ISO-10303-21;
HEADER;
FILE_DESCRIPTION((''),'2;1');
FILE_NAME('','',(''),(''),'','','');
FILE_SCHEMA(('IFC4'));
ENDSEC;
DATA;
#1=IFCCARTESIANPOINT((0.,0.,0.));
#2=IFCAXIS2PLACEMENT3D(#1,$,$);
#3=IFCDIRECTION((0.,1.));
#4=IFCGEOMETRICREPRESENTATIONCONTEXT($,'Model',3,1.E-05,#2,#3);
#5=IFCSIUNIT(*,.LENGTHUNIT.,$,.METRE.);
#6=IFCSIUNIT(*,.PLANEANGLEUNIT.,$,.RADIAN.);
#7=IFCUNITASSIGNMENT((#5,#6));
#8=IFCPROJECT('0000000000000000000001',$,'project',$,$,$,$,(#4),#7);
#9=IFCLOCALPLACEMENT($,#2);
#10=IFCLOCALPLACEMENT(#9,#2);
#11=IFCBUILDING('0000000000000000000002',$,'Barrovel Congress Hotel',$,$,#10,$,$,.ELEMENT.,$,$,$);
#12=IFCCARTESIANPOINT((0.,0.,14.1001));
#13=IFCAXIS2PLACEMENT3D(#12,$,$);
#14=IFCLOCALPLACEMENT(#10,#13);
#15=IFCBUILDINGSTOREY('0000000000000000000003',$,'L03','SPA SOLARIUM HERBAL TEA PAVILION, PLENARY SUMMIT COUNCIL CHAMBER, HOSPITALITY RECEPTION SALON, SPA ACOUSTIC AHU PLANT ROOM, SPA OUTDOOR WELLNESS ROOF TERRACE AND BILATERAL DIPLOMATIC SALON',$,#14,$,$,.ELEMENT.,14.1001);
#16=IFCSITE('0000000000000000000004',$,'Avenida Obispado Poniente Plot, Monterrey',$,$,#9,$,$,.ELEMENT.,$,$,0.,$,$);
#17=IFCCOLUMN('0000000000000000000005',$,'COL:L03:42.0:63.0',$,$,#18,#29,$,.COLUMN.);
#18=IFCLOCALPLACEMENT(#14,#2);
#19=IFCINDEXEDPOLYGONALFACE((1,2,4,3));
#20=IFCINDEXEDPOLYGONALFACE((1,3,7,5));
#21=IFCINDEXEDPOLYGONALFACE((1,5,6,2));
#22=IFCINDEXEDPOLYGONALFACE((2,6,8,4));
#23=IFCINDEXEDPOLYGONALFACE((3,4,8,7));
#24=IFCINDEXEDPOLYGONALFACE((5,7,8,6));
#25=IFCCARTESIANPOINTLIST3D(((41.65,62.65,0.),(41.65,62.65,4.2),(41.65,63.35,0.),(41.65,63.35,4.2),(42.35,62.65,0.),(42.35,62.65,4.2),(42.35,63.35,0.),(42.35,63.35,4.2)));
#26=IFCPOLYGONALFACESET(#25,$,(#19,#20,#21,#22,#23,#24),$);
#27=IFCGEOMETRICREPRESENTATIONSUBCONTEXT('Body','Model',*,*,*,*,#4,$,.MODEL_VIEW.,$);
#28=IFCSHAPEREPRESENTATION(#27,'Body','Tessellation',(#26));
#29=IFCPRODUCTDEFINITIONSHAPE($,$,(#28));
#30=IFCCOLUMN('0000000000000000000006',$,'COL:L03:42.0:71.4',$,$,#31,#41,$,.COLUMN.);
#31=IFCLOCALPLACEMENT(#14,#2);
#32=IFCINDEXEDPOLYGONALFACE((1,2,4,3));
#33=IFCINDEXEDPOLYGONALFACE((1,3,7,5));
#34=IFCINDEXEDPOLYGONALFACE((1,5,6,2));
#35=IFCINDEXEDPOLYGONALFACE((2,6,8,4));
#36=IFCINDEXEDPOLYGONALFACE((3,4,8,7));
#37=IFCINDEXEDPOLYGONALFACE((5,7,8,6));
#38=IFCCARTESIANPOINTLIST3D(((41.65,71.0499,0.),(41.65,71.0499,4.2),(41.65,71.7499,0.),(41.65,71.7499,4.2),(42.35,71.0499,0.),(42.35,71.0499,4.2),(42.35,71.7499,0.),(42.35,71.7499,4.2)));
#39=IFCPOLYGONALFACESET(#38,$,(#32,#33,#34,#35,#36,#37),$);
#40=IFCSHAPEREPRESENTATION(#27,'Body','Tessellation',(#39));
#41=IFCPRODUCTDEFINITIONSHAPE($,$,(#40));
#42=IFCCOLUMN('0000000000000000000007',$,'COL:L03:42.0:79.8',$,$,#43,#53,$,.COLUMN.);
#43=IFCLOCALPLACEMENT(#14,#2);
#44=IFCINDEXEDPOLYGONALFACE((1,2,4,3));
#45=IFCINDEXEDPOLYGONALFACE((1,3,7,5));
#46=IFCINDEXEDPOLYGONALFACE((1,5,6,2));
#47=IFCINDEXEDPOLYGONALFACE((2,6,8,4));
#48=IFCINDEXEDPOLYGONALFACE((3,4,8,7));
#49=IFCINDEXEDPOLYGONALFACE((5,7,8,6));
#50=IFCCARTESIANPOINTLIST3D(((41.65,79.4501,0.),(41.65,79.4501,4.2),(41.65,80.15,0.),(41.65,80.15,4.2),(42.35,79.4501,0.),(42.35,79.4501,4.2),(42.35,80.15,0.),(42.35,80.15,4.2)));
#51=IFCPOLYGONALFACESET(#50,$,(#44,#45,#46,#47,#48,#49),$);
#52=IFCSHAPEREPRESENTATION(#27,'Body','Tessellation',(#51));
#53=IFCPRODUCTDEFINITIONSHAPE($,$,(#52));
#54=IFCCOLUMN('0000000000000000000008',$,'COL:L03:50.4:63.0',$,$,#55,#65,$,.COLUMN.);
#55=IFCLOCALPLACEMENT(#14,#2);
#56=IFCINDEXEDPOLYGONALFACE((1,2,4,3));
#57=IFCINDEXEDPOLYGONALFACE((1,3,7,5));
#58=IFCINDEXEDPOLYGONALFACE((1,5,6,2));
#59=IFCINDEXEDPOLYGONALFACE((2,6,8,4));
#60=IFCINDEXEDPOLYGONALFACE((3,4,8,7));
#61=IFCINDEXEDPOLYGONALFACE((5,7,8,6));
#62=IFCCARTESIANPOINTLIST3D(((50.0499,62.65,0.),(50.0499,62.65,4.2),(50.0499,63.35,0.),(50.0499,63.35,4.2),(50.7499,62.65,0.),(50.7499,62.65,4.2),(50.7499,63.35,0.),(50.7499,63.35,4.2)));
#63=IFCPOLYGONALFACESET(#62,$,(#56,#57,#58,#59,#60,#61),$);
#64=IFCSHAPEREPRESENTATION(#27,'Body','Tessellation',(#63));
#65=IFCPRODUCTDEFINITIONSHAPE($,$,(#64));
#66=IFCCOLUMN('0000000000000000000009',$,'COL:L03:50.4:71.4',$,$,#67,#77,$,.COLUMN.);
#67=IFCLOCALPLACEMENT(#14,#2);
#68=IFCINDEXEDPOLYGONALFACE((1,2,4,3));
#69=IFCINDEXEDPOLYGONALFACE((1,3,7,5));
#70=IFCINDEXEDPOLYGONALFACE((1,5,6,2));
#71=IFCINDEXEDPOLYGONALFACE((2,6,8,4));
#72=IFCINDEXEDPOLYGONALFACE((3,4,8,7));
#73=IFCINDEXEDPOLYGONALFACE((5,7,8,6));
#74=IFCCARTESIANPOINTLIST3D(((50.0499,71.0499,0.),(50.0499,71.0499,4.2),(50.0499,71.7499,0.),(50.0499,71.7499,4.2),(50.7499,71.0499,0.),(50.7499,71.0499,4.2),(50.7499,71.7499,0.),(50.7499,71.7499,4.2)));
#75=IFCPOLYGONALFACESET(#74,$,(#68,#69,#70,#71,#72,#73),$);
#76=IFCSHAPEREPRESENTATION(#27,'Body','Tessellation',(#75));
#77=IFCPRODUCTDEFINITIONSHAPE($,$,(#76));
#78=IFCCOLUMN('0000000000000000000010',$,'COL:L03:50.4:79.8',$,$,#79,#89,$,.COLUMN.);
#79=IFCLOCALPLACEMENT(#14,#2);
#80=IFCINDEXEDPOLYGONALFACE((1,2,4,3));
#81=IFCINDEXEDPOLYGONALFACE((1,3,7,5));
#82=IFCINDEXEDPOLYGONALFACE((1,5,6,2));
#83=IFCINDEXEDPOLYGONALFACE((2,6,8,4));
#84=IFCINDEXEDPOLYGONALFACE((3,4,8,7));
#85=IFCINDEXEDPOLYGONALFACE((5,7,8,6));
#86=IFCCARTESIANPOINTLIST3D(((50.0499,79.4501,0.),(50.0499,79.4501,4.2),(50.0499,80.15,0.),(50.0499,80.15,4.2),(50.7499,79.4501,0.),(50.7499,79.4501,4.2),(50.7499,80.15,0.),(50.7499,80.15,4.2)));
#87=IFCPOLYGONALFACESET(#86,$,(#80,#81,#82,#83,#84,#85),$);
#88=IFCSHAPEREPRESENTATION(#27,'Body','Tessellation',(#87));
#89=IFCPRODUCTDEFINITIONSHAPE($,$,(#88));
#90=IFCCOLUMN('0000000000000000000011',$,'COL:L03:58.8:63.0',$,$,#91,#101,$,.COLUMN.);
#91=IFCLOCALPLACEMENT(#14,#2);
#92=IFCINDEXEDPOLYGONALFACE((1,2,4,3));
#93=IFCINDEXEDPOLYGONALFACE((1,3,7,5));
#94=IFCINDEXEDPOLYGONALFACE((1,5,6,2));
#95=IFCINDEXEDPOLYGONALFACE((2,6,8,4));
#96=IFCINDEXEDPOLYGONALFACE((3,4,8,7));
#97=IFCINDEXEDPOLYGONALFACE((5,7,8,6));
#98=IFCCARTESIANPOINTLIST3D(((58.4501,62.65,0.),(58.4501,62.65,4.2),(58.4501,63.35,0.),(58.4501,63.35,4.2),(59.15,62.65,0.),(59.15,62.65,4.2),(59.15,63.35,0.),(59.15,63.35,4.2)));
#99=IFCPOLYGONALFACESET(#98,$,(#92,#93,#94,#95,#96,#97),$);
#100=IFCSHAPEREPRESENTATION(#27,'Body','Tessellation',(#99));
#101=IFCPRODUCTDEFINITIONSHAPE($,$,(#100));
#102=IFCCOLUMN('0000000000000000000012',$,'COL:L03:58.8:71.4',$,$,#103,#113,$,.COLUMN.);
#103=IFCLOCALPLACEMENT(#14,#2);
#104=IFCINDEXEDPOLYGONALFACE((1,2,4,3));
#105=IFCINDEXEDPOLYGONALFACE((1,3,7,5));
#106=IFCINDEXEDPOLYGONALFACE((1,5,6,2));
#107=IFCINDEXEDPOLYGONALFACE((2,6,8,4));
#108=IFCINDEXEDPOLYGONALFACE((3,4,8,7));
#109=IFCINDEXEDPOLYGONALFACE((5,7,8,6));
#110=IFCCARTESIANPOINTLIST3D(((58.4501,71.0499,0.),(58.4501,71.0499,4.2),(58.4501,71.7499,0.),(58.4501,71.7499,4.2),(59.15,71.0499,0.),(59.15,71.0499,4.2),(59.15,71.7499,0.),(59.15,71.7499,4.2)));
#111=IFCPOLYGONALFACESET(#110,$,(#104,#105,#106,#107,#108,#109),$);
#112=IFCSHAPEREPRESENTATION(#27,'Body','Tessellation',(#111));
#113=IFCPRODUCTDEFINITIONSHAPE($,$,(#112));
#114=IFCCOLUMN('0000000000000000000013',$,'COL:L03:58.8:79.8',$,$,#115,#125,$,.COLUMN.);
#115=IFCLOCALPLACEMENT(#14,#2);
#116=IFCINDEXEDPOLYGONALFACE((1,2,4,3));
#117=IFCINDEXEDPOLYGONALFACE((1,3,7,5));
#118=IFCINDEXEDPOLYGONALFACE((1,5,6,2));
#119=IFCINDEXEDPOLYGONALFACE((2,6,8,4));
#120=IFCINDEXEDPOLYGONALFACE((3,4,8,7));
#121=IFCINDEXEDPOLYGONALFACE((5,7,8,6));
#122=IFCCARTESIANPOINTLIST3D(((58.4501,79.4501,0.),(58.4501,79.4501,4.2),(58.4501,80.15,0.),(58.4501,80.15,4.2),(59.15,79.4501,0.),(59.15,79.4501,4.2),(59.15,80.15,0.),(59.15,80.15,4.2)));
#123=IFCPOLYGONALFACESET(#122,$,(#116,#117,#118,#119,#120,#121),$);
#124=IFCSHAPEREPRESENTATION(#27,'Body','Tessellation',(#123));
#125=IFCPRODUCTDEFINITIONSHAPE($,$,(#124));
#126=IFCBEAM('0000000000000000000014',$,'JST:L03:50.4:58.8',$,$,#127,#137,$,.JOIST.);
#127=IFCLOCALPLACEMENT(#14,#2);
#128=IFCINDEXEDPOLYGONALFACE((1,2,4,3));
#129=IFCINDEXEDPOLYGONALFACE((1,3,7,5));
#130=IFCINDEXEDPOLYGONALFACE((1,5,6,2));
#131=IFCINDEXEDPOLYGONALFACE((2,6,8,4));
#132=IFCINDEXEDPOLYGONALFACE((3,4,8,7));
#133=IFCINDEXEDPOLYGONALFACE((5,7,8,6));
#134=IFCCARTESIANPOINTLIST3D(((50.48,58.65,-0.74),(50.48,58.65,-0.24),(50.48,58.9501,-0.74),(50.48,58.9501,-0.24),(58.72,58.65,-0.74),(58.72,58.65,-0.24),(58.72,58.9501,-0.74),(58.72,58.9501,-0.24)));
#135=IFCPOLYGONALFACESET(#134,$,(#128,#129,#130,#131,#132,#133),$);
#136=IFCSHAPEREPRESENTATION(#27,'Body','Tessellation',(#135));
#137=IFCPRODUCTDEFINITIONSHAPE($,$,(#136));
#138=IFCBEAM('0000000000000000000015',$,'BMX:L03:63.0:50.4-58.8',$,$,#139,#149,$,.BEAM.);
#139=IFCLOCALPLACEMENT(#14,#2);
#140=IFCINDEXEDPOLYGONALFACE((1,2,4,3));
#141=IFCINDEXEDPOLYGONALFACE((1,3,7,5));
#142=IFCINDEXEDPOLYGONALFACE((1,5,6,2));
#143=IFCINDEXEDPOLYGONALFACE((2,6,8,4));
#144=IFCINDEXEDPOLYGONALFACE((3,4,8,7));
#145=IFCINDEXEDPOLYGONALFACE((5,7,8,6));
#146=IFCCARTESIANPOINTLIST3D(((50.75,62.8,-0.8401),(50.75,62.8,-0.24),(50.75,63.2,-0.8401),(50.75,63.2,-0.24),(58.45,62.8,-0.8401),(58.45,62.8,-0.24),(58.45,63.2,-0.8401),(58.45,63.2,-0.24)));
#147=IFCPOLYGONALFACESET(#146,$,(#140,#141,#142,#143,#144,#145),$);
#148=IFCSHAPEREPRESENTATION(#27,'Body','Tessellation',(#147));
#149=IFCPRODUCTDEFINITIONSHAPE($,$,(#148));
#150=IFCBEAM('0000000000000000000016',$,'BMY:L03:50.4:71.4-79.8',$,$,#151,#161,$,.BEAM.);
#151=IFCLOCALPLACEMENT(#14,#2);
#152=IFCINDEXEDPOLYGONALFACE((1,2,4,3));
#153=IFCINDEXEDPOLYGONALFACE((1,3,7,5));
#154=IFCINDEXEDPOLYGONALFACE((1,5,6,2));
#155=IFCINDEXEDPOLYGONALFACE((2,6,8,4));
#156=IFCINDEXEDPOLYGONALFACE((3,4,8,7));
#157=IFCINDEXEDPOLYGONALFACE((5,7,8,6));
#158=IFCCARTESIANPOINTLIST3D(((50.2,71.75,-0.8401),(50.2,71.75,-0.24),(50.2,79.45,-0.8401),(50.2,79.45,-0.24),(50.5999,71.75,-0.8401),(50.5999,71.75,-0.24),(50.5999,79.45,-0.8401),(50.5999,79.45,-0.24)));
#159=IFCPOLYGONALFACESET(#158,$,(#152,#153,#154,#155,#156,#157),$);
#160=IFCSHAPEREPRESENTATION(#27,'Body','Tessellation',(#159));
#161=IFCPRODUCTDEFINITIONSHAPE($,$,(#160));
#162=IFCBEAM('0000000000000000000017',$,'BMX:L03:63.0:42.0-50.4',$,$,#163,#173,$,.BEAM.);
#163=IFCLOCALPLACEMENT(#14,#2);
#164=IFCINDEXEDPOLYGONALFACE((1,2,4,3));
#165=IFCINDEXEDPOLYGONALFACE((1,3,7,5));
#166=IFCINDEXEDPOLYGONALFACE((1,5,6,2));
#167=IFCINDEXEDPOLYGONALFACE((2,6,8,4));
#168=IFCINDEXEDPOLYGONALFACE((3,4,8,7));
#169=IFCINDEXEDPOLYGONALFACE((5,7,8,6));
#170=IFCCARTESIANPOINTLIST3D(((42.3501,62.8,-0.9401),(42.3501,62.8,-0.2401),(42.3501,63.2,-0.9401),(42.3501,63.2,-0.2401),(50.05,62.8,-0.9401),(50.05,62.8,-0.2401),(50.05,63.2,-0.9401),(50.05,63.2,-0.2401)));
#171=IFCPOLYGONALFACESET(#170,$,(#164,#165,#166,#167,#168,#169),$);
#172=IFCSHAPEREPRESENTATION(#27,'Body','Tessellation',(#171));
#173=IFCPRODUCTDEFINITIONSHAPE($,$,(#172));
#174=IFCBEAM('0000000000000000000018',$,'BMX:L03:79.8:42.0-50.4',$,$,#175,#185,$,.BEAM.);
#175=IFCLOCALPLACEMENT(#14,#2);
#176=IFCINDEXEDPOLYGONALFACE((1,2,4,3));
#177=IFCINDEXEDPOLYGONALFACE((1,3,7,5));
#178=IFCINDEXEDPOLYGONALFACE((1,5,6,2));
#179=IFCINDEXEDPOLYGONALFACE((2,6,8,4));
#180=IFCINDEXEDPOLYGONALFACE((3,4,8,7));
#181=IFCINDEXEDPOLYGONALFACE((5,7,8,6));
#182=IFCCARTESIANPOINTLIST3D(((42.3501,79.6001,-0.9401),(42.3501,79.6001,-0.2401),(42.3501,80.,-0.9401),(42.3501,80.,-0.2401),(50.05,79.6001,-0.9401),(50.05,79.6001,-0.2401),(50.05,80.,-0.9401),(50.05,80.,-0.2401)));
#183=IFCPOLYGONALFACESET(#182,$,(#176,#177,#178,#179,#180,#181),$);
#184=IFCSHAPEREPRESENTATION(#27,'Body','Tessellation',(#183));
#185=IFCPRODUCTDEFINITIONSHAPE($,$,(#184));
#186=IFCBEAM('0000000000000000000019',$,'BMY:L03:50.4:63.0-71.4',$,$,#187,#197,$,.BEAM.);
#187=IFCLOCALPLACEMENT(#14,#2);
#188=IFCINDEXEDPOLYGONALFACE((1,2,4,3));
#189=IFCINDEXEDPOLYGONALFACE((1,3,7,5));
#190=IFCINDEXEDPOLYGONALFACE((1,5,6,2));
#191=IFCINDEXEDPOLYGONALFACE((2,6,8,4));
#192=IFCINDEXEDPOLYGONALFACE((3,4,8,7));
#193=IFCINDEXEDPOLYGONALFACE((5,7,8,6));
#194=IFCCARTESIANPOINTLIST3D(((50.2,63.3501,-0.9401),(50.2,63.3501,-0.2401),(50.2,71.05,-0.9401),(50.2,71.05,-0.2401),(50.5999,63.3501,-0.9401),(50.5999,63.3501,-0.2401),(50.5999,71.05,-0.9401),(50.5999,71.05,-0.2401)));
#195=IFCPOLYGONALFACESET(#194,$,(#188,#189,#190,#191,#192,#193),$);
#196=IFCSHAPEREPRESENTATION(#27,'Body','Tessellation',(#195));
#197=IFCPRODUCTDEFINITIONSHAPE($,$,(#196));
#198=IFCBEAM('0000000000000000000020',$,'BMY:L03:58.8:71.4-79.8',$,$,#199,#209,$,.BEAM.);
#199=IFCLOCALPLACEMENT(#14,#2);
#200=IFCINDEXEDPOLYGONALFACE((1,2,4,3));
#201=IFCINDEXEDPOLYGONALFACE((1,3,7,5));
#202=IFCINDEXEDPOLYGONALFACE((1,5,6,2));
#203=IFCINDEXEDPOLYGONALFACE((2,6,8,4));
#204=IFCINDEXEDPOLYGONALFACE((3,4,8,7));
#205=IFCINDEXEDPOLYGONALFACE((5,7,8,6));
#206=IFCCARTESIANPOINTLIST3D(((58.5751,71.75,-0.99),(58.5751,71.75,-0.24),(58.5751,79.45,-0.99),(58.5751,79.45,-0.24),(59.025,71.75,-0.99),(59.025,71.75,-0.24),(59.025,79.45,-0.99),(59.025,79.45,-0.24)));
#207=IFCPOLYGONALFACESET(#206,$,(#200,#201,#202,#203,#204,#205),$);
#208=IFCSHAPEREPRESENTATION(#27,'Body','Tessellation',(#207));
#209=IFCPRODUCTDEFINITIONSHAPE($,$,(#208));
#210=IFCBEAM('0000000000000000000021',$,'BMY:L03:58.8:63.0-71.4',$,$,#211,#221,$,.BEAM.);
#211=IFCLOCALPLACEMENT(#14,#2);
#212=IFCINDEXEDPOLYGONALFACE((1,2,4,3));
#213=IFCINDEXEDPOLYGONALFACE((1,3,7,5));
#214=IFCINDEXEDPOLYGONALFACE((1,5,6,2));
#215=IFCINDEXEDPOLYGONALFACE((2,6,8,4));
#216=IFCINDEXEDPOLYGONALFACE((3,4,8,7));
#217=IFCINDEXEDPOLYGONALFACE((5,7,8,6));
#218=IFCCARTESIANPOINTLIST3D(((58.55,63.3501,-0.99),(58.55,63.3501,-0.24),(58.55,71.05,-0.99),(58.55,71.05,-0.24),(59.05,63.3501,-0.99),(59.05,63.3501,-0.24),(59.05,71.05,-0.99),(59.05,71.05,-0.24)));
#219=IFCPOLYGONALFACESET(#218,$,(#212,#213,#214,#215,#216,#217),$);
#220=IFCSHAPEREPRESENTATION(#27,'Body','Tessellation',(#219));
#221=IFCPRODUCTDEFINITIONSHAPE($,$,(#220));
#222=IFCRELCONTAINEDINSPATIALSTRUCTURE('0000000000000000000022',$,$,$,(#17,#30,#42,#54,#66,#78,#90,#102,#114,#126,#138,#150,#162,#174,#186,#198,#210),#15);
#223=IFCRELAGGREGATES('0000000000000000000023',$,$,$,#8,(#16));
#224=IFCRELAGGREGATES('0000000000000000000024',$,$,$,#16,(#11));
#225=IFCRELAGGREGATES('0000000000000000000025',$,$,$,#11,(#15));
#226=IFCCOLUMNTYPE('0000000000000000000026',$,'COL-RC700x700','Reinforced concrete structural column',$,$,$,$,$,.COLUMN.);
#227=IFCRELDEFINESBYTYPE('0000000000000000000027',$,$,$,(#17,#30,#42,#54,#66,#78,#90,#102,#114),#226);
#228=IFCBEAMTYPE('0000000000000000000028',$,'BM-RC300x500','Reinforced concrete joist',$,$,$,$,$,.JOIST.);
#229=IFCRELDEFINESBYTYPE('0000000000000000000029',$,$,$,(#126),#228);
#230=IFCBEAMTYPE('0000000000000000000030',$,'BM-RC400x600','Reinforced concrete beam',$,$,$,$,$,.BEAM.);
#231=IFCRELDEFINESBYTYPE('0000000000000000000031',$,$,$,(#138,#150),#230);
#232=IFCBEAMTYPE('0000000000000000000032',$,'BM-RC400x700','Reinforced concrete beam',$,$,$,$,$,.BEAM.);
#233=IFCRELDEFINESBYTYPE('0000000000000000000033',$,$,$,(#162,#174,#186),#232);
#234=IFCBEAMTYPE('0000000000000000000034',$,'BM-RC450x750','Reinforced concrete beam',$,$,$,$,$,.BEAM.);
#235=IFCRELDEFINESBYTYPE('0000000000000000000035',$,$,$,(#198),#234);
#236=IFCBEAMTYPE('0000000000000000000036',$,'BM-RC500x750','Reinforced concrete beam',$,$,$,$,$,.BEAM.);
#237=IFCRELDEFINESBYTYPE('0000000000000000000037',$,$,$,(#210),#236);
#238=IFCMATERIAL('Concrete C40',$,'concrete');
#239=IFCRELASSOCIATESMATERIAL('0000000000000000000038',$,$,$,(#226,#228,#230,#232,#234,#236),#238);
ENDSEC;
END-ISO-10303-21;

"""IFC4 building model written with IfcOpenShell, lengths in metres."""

from ifc_helpers import new_model, si_unit, direction, frame, origin, origin_2d, place, context, subcontext, project, spatial, rectangle, extrude, material, material_profile, profile_set, type_object, element, save


model = new_model("IFC4")

# Units and contexts
model_context = context("Model", 3, precision=1e-05, world=origin(), true_north=direction((0.0, 1.0)))
body_context = subcontext(model_context, "Body", "Model", "MODEL_VIEW")
ifc_project = project(units=[si_unit("LENGTHUNIT", "METRE"), si_unit("PLANEANGLEUNIT", "RADIAN")], contexts=[model_context])

# Site, building, storey
site_placement = place(None, origin())
site = spatial("IfcSite", under=ifc_project, at=site_placement, Name="Avenida Obispado Poniente Plot, Monterrey", CompositionType="ELEMENT", RefElevation=0.0)
building_placement = place(site_placement, origin())
building = spatial("IfcBuilding", under=site, at=building_placement, Name="Barrovel Congress Hotel", CompositionType="ELEMENT")
storey_placement = place(building_placement, frame((0.0, 0.0, 14.1001)))
storey = spatial("IfcBuildingStorey", under=building, at=storey_placement, Name="L03", Description="SPA SOLARIUM HERBAL TEA PAVILION, PLENARY SUMMIT COUNCIL CHAMBER, HOSPITALITY RECEPTION SALON, SPA ACOUSTIC AHU PLANT ROOM, SPA OUTDOOR WELLNESS ROOF TERRACE AND BILATERAL DIPLOMATIC SALON", CompositionType="ELEMENT", Elevation=14.1001)

# Columns
ifc_material_1 = material(Name="Concrete C40", Category="concrete")
ifc_material_profile_1 = material_profile(ifc_material_1, rectangle(XDim=0.7, YDim=0.7, at=origin_2d()), Name="RC700x700")
ifc_profile_set_1 = profile_set([ifc_material_profile_1], Name="Concrete C40")
column_type = type_object("IfcColumnType", Name="COL-RC700x700", Description="Reinforced concrete structural column", PredefinedType="COLUMN", material=ifc_profile_set_1)
for number, where, z_axis, x_axis, name in (
    (1, (42.0, 63.0, 0.0), (0.0, 0.0, 1.0), (1.0, 0.0, 0.0), "COL:L03:42.0:63.0"),
    (2, (42.0, 71.3999, 0.0), (0.0, 0.0, 1.0), (1.0, 0.0, 0.0), "COL:L03:42.0:71.4"),
    (3, (42.0, 79.8, 0.0), (0.0, 0.0, 1.0), (1.0, 0.0, 0.0), "COL:L03:42.0:79.8"),
    (4, (50.3999, 63.0, 0.0), (0.0, 0.0, 1.0), (1.0, 0.0, 0.0), "COL:L03:50.4:63.0"),
    (5, (50.3999, 71.3999, 0.0), (0.0, 0.0, 1.0), (1.0, 0.0, 0.0), "COL:L03:50.4:71.4"),
    (6, (50.3999, 79.8, 0.0), (0.0, 0.0, 1.0), (1.0, 0.0, 0.0), "COL:L03:50.4:79.8"),
    (7, (58.8, 63.0, 0.0), (0.0, 0.0, 1.0), (1.0, 0.0, 0.0), "COL:L03:58.8:63.0"),
    (8, (58.8, 71.3999, 0.0), (0.0, 0.0, 1.0), (1.0, 0.0, 0.0), "COL:L03:58.8:71.4"),
    (9, (58.8, 79.8, 0.0), (0.0, 0.0, 1.0), (1.0, 0.0, 0.0), "COL:L03:58.8:79.8"),
):
    element("IfcColumn", number, at=place(storey_placement, frame(where, z_axis=z_axis, x_axis=x_axis)), inside=storey, type_object=column_type, Name=name, PredefinedType="COLUMN", context=body_context, shape_type="SweptSolid", body=[
        extrude(rectangle(XDim=0.7, YDim=0.7, at=origin_2d()), origin(), (0.0, 0.0, 1.0), 4.2),
    ])

# Beams
ifc_material_profile_2 = material_profile(ifc_material_1, rectangle(XDim=0.3, YDim=0.5, at=origin_2d()), Name="RC300x500")
ifc_profile_set_2 = profile_set([ifc_material_profile_2], Name="Concrete C40")
beam_type_1 = type_object("IfcBeamType", Name="BM-RC300x500", Description="Reinforced concrete joist", PredefinedType="JOIST", material=ifc_profile_set_2)
beam_1_placement = place(storey_placement, frame((50.48, 58.8, -0.49), z_axis=(1.0, 0.0, 0.0), x_axis=(0.0, 1.0, 0.0)))
element("IfcBeam", 10, at=beam_1_placement, inside=storey, type_object=beam_type_1, Name="JST:L03:50.4:58.8", PredefinedType="JOIST", context=body_context, shape_type="SweptSolid", body=[
    extrude(rectangle(XDim=0.3, YDim=0.5, at=origin_2d()), origin(), (0.0, 0.0, 1.0), 8.24),
])
ifc_material_profile_3 = material_profile(ifc_material_1, rectangle(XDim=0.3999, YDim=0.6001, at=origin_2d()), Name="RC400x600")
ifc_profile_set_3 = profile_set([ifc_material_profile_3], Name="Concrete C40")
beam_type_2 = type_object("IfcBeamType", Name="BM-RC400x600", Description="Reinforced concrete beam", PredefinedType="BEAM", material=ifc_profile_set_3)
for number, where, z_axis, x_axis, name in (
    (11, (50.75, 63.0, -0.54), (1.0, 0.0, 0.0), (0.0, 1.0, 0.0), "BMX:L03:63.0:50.4-58.8"),
    (12, (50.3999, 71.75, -0.54), (0.0, 1.0, 0.0), (-1.0, 0.0, 0.0), "BMY:L03:50.4:71.4-79.8"),
):
    element("IfcBeam", number, at=place(storey_placement, frame(where, z_axis=z_axis, x_axis=x_axis)), inside=storey, type_object=beam_type_2, Name=name, PredefinedType="BEAM", context=body_context, shape_type="SweptSolid", body=[
        extrude(rectangle(XDim=0.3999, YDim=0.6001, at=origin_2d()), origin(), (0.0, 0.0, 1.0), 7.7),
    ])
ifc_material_profile_4 = material_profile(ifc_material_1, rectangle(XDim=0.3999, YDim=0.7, at=origin_2d()), Name="RC400x700")
ifc_profile_set_4 = profile_set([ifc_material_profile_4], Name="Concrete C40")
beam_type_3 = type_object("IfcBeamType", Name="BM-RC400x700", Description="Reinforced concrete beam", PredefinedType="BEAM", material=ifc_profile_set_4)
for number, where, z_axis, x_axis, name in (
    (13, (42.3501, 63.0, -0.5901), (1.0, 0.0, 0.0), (0.0, 1.0, 0.0), "BMX:L03:63.0:42.0-50.4"),
    (14, (42.3501, 79.8, -0.5901), (1.0, 0.0, 0.0), (0.0, 1.0, 0.0), "BMX:L03:79.8:42.0-50.4"),
    (15, (50.3999, 63.3501, -0.5901), (0.0, 1.0, 0.0), (-1.0, 0.0, 0.0), "BMY:L03:50.4:63.0-71.4"),
):
    element("IfcBeam", number, at=place(storey_placement, frame(where, z_axis=z_axis, x_axis=x_axis)), inside=storey, type_object=beam_type_3, Name=name, PredefinedType="BEAM", context=body_context, shape_type="SweptSolid", body=[
        extrude(rectangle(XDim=0.3999, YDim=0.7, at=origin_2d()), origin(), (0.0, 0.0, 1.0), 7.7),
    ])
ifc_material_profile_5 = material_profile(ifc_material_1, rectangle(XDim=0.45, YDim=0.75, at=origin_2d()), Name="RC450x750")
ifc_profile_set_5 = profile_set([ifc_material_profile_5], Name="Concrete C40")
beam_type_4 = type_object("IfcBeamType", Name="BM-RC450x750", Description="Reinforced concrete beam", PredefinedType="BEAM", material=ifc_profile_set_5)
beam_2_placement = place(storey_placement, frame((58.8, 71.75, -0.615), z_axis=(0.0, 1.0, 0.0), x_axis=(-1.0, 0.0, 0.0)))
element("IfcBeam", 16, at=beam_2_placement, inside=storey, type_object=beam_type_4, Name="BMY:L03:58.8:71.4-79.8", PredefinedType="BEAM", context=body_context, shape_type="SweptSolid", body=[
    extrude(rectangle(XDim=0.45, YDim=0.75, at=origin_2d()), origin(), (0.0, 0.0, 1.0), 7.7),
])
ifc_material_profile_6 = material_profile(ifc_material_1, rectangle(XDim=0.5, YDim=0.75, at=origin_2d()), Name="RC500x750")
ifc_profile_set_6 = profile_set([ifc_material_profile_6], Name="Concrete C40")
beam_type_5 = type_object("IfcBeamType", Name="BM-RC500x750", Description="Reinforced concrete beam", PredefinedType="BEAM", material=ifc_profile_set_6)
beam_3_placement = place(storey_placement, frame((58.8, 63.3501, -0.615), z_axis=(0.0, 1.0, 0.0), x_axis=(-1.0, 0.0, 0.0)))
element("IfcBeam", 17, at=beam_3_placement, inside=storey, type_object=beam_type_5, Name="BMY:L03:58.8:63.0-71.4", PredefinedType="BEAM", context=body_context, shape_type="SweptSolid", body=[
    extrude(rectangle(XDim=0.5, YDim=0.75, at=origin_2d()), origin(), (0.0, 0.0, 1.0), 7.7),
])

save(model, "model.ifc")
